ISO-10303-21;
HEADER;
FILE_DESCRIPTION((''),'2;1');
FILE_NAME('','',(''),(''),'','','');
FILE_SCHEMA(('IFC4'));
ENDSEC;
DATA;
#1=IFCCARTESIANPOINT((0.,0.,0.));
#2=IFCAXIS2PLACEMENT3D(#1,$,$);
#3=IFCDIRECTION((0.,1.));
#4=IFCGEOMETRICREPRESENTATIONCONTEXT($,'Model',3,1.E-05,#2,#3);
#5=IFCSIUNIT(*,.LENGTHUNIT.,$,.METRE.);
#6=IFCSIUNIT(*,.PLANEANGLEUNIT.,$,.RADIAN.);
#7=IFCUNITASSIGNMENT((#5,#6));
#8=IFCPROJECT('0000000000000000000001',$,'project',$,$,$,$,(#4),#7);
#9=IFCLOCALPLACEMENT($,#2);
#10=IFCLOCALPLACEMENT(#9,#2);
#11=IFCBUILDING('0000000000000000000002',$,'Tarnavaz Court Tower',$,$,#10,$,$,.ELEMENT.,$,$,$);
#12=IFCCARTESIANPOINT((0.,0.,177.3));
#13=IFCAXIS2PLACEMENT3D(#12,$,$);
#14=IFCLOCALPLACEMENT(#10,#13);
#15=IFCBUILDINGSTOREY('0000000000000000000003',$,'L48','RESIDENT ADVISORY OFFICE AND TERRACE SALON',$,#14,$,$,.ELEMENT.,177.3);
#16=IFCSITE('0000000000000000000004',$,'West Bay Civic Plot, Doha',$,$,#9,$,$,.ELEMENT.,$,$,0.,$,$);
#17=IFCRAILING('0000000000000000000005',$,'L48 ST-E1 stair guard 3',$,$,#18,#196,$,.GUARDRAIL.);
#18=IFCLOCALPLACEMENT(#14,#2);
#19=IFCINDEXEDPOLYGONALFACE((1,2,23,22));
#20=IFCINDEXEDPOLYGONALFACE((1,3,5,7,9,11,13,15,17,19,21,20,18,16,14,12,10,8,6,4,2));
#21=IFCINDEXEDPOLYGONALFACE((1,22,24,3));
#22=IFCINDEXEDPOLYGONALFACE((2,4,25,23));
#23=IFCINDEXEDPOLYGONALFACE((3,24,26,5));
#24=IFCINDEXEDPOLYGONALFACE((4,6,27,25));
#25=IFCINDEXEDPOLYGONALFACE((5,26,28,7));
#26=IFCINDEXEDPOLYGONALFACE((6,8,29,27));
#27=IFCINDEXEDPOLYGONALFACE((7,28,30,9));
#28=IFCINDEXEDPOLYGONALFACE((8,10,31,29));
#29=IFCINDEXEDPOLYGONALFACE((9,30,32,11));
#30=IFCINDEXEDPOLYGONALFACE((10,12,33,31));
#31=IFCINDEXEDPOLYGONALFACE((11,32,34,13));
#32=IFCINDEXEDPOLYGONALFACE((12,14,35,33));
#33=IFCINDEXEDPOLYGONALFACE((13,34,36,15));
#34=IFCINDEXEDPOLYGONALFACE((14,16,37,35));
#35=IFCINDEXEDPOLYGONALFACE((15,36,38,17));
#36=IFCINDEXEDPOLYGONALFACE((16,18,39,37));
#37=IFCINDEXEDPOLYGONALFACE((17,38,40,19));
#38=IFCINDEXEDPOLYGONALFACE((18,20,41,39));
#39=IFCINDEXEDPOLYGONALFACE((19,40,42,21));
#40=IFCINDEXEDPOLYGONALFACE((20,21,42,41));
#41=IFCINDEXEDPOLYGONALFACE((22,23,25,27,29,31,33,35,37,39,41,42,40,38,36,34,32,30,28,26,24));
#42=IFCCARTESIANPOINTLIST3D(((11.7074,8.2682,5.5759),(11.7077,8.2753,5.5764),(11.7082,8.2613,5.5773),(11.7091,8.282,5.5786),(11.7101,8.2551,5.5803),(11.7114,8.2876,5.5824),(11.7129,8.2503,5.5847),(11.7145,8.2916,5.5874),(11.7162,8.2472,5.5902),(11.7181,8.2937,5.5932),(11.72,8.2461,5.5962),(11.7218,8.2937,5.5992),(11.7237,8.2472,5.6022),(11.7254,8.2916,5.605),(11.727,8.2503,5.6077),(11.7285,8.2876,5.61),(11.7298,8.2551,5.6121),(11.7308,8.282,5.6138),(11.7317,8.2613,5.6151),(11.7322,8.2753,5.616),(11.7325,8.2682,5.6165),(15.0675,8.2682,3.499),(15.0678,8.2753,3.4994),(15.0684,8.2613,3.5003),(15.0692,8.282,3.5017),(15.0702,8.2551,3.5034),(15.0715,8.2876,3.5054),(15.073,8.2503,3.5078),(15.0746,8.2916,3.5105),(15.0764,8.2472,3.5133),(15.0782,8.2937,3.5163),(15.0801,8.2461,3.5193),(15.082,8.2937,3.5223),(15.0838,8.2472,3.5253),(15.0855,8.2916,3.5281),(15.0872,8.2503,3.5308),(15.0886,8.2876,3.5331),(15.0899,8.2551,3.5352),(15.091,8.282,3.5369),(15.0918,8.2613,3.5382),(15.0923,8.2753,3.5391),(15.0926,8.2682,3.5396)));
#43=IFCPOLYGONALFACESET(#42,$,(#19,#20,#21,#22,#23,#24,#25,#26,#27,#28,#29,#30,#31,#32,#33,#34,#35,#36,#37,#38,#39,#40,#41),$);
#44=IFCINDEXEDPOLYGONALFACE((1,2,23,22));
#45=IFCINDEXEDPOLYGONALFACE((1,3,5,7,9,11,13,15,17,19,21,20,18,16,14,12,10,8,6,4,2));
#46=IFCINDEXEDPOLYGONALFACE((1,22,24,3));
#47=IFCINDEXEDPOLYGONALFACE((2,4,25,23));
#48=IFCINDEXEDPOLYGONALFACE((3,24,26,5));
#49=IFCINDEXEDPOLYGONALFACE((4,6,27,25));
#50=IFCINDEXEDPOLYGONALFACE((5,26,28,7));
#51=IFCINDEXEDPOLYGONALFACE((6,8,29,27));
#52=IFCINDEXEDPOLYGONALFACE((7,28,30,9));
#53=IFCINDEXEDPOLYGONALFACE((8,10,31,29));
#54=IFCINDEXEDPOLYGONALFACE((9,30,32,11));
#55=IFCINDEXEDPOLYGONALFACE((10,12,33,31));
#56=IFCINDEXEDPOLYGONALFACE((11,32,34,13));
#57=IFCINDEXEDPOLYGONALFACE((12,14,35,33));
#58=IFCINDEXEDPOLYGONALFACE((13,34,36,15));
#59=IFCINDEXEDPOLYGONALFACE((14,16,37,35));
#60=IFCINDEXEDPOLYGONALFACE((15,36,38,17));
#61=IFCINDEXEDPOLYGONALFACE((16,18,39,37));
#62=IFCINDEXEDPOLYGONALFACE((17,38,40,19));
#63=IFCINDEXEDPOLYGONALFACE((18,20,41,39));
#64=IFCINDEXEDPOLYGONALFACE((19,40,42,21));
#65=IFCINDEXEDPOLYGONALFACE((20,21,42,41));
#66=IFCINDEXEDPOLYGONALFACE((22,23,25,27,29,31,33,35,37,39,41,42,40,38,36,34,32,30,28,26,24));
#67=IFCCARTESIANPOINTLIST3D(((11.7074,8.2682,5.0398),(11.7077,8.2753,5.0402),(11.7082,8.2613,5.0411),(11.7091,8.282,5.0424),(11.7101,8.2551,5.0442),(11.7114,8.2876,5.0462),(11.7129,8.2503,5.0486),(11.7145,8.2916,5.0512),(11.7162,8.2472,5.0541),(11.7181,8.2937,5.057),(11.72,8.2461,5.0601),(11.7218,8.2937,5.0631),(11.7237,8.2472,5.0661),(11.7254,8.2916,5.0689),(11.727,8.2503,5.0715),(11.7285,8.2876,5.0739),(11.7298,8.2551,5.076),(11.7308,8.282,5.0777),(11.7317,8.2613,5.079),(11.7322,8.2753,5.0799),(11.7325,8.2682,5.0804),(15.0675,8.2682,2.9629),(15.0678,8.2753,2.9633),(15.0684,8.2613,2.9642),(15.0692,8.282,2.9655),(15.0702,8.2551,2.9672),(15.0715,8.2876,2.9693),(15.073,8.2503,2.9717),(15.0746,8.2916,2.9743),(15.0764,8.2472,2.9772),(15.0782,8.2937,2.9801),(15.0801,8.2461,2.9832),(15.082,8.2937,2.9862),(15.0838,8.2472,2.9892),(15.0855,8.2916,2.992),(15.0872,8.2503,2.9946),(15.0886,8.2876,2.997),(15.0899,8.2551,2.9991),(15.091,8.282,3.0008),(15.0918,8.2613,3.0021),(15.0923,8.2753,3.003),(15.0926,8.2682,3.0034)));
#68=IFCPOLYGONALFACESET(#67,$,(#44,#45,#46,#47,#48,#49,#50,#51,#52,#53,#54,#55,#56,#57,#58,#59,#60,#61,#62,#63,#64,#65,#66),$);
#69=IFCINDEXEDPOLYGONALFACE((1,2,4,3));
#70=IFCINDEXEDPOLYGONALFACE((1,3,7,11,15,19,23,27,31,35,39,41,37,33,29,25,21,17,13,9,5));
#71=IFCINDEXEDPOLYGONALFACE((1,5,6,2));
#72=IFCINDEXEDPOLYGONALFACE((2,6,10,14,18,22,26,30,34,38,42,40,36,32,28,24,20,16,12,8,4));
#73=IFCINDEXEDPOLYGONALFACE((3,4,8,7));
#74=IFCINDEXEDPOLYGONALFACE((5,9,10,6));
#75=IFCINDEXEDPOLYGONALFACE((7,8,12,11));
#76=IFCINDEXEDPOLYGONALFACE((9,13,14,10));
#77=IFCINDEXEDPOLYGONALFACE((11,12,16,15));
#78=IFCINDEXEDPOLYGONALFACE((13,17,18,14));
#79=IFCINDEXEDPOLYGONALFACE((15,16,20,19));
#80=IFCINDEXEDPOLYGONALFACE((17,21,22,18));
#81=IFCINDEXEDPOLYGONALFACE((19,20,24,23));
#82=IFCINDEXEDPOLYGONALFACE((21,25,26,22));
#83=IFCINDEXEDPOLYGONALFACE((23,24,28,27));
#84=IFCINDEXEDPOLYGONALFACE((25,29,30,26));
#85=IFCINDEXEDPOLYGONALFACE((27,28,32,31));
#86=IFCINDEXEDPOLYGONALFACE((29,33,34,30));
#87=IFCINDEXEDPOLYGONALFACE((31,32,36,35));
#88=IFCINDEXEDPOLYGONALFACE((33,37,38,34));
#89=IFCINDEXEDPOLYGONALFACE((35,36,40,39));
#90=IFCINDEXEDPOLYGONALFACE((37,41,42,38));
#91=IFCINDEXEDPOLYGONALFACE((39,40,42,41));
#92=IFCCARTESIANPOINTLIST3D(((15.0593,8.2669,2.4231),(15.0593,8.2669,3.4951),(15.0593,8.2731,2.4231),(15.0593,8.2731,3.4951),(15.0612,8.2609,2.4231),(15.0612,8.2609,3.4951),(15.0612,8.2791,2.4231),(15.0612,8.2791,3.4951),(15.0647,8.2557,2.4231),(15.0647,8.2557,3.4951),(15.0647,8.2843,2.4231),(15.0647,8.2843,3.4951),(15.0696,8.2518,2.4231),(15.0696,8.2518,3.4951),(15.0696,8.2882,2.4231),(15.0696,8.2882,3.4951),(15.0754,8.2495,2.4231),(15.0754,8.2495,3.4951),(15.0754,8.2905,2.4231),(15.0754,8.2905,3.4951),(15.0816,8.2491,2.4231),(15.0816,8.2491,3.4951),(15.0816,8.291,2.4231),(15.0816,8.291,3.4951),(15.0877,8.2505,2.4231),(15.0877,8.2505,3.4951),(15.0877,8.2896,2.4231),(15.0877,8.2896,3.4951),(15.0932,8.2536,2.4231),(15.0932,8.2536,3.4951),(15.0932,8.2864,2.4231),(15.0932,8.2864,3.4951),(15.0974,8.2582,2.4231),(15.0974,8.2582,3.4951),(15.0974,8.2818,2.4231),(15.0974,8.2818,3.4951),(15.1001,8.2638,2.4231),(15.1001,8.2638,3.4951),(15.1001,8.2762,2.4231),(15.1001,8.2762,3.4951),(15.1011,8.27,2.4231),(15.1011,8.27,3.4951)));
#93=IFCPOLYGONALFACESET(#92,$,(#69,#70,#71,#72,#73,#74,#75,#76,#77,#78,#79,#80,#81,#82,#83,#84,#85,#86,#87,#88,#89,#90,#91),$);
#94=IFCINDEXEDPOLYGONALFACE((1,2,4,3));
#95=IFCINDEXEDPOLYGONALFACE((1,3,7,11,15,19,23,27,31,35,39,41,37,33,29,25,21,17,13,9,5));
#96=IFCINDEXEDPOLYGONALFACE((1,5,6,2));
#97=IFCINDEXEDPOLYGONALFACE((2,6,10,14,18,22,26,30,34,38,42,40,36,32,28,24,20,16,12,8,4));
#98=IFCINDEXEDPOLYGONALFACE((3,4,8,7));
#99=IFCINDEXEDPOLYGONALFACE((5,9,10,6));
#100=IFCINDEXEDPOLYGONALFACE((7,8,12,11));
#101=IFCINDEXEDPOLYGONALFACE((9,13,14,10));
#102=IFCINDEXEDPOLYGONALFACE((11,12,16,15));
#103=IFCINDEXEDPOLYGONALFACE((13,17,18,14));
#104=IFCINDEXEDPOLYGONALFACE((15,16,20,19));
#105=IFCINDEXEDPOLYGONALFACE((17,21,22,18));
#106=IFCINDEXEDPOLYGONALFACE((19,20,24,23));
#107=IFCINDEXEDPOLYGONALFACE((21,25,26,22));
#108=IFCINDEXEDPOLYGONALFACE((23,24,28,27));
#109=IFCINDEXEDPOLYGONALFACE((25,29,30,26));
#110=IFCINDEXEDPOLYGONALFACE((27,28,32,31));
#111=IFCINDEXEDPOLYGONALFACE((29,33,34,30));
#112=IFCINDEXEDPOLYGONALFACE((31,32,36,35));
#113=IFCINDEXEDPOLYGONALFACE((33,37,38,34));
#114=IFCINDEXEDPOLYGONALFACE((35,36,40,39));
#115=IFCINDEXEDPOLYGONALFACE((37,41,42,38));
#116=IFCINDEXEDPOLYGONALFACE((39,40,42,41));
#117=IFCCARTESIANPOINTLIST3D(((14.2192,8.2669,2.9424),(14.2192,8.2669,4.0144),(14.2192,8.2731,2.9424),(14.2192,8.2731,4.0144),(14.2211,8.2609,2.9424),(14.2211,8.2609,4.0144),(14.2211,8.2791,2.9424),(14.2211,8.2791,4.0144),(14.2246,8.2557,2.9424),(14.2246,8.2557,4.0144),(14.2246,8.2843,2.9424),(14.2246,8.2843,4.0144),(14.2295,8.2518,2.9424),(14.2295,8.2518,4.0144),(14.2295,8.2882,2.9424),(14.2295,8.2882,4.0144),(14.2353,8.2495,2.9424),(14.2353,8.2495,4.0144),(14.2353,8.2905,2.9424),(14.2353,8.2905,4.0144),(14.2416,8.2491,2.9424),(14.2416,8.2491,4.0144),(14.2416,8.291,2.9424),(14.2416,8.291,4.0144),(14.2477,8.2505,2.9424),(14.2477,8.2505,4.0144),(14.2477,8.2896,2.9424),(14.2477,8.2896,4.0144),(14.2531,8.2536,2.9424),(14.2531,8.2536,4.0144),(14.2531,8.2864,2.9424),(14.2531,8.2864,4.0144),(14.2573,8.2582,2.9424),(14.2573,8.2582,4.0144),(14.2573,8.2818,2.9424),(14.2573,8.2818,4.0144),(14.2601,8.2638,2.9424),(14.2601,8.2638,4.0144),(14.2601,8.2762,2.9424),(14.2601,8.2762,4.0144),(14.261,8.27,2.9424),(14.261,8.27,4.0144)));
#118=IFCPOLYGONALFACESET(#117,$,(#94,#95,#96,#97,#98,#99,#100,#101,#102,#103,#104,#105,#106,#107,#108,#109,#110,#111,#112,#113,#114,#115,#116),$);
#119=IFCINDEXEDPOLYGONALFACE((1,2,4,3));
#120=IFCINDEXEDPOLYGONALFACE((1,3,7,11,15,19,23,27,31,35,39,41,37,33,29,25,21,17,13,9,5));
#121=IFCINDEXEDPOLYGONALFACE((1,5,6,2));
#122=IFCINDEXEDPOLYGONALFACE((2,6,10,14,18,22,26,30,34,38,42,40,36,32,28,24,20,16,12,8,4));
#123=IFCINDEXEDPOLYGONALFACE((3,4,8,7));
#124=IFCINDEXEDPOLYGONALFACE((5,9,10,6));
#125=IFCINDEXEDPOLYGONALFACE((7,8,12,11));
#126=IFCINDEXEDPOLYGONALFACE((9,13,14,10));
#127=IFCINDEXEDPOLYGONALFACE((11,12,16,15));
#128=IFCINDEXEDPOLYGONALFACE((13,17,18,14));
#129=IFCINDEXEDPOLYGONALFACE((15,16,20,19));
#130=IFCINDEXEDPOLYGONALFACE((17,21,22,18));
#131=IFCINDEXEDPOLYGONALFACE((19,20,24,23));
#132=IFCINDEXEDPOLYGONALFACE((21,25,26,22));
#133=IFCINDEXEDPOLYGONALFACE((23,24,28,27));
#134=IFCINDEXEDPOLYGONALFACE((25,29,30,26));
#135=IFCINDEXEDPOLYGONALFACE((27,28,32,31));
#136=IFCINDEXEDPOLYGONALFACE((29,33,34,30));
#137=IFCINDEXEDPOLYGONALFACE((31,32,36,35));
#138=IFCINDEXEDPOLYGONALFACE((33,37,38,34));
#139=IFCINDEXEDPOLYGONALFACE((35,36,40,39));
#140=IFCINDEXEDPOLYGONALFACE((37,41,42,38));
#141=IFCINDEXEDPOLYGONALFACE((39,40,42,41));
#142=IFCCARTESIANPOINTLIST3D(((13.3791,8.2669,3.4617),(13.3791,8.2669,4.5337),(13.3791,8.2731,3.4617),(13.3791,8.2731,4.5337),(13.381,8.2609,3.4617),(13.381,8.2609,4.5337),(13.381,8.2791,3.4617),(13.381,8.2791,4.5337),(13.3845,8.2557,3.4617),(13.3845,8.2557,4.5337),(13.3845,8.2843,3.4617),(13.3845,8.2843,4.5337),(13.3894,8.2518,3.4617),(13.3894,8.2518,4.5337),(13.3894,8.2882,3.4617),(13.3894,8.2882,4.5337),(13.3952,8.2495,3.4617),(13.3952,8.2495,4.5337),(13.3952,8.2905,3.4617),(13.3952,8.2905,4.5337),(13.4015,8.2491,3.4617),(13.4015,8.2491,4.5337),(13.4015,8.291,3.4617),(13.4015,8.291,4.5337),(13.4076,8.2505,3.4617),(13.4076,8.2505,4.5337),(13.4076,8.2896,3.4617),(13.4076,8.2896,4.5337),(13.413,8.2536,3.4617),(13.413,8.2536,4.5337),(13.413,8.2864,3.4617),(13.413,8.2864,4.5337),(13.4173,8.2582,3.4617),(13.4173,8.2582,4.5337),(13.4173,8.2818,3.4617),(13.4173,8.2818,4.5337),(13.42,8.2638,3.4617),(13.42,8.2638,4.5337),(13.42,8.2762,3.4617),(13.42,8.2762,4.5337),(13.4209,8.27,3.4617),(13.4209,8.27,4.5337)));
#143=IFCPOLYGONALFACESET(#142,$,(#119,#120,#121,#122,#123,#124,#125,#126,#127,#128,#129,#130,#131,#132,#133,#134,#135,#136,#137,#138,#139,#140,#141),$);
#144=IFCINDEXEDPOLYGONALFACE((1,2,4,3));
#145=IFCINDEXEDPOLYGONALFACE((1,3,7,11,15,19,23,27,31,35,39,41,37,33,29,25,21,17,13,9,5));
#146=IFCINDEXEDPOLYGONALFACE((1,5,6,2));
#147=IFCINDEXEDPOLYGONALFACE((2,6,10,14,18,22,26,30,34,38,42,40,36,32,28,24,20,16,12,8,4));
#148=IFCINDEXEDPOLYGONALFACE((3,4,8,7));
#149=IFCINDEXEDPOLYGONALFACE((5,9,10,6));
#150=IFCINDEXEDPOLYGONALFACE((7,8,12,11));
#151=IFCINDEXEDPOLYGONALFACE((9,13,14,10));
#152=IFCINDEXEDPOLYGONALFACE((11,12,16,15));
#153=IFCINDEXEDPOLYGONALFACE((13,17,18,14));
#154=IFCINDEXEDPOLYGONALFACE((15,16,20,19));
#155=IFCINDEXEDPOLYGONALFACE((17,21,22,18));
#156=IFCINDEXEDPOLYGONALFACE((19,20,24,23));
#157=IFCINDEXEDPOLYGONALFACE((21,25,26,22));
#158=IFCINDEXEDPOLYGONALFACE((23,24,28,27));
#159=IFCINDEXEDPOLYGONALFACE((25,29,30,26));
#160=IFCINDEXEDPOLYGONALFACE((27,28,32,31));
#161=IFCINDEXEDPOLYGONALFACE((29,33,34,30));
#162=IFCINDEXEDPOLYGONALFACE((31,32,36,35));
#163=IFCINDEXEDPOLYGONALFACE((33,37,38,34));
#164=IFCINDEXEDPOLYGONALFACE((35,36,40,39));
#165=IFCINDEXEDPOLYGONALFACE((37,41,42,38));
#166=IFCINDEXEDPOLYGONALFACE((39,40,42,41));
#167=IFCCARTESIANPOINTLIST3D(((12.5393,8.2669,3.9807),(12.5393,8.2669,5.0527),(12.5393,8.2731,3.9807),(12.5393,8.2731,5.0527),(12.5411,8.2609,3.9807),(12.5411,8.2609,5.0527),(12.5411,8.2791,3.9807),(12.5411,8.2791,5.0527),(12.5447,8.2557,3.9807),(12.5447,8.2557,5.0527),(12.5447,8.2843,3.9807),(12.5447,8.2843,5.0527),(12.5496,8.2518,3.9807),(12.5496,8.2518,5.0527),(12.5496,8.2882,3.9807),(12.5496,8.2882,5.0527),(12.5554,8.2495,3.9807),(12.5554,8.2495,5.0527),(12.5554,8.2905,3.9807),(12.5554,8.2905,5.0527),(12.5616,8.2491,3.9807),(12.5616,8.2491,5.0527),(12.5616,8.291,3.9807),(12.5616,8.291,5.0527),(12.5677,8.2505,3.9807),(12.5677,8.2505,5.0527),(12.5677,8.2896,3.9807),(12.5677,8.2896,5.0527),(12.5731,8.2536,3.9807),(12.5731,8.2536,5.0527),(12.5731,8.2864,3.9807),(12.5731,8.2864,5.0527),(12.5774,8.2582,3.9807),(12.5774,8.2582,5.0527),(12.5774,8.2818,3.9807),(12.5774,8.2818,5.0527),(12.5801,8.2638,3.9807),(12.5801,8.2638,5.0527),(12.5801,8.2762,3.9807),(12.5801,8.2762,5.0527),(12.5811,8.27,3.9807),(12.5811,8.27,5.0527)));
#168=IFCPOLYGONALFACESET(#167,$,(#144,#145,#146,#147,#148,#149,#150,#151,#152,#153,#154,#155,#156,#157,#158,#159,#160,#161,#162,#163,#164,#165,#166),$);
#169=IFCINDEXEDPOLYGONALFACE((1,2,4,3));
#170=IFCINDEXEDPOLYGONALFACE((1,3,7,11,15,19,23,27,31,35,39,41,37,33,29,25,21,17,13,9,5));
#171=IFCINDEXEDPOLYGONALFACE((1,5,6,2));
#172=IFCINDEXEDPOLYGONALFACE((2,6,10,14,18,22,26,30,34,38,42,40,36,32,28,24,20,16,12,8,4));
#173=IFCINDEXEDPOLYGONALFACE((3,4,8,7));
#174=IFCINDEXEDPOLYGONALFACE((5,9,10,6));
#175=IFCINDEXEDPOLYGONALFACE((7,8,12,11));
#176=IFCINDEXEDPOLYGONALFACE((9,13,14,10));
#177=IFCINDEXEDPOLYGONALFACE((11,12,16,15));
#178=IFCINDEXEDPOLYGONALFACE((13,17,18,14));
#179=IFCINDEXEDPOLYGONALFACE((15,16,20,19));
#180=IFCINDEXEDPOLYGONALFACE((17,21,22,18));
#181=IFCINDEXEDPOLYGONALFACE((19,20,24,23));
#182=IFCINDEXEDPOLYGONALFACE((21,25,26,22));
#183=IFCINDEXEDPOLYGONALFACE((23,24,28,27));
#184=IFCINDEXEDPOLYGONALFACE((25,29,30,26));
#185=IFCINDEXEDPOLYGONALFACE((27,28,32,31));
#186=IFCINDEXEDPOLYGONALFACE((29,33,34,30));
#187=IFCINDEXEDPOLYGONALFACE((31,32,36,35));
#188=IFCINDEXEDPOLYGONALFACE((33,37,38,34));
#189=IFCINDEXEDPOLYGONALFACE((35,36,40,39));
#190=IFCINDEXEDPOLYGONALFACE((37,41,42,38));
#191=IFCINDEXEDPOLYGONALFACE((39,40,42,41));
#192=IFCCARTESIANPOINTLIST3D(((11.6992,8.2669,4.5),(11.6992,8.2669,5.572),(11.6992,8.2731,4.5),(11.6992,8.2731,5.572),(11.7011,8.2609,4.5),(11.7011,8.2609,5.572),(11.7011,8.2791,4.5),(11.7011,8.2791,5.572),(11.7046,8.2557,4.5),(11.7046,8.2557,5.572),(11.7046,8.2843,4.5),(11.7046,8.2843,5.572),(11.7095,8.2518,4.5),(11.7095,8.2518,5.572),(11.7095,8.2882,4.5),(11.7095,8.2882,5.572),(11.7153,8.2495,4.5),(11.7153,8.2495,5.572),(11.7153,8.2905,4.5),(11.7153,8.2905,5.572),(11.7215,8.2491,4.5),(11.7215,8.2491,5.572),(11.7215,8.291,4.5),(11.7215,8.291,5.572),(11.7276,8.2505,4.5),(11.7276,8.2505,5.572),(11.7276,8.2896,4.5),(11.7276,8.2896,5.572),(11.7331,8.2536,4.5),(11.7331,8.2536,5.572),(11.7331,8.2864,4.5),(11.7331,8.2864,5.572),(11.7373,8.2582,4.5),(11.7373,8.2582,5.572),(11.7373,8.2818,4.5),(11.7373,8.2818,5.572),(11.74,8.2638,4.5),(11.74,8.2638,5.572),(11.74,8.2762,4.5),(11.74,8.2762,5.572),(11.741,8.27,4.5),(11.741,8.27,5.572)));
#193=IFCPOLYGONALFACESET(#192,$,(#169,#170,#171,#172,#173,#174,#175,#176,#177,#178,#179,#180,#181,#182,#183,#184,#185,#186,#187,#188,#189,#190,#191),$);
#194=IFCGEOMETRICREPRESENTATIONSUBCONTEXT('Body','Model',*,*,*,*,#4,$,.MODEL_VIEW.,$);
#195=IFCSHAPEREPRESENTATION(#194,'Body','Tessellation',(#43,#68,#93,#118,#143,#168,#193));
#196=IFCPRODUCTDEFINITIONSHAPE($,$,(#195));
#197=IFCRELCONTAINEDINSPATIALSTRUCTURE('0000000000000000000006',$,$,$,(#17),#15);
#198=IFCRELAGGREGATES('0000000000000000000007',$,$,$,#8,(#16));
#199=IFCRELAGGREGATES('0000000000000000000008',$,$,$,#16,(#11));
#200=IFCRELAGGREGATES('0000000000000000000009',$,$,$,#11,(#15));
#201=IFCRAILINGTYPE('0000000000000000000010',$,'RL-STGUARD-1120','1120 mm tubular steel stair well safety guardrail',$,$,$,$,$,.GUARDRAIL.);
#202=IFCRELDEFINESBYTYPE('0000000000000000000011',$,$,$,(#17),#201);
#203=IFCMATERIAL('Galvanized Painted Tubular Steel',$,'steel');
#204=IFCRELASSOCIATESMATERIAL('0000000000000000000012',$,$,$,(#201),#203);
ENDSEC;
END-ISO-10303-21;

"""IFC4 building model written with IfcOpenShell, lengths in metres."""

from ifc_helpers import new_model, si_unit, direction, frame, origin, origin_2d, place, context, subcontext, project, spatial, circle, extrude, material, type_object, element, save


model = new_model("IFC4")

# Units and contexts
model_context = context("Model", 3, precision=1e-05, world=origin(), true_north=direction((0.0, 1.0)))
body_context = subcontext(model_context, "Body", "Model", "MODEL_VIEW")
ifc_project = project(units=[si_unit("LENGTHUNIT", "METRE"), si_unit("PLANEANGLEUNIT", "RADIAN")], contexts=[model_context])

# Site, building, storey
site_placement = place(None, origin())
site = spatial("IfcSite", under=ifc_project, at=site_placement, Name="West Bay Civic Plot, Doha", CompositionType="ELEMENT", RefElevation=0.0)
building_placement = place(site_placement, origin())
building = spatial("IfcBuilding", under=site, at=building_placement, Name="Tarnavaz Court Tower", CompositionType="ELEMENT")
storey_placement = place(building_placement, frame((0.0, 0.0, 177.3)))
storey = spatial("IfcBuildingStorey", under=building, at=storey_placement, Name="L48", Description="RESIDENT ADVISORY OFFICE AND TERRACE SALON", CompositionType="ELEMENT", Elevation=177.3)

# Railing
ifc_material_1 = material(Name="Galvanized Painted Tubular Steel", Category="steel")
railing_type_1 = type_object("IfcRailingType", Name="RL-STGUARD-1120", Description="1120 mm tubular steel stair well safety guardrail", PredefinedType="GUARDRAIL", material=ifc_material_1)
railing_1_placement = place(storey_placement, frame((15.0801, 8.27, 2.4231)))
element("IfcRailing", 1, at=railing_1_placement, inside=storey, type_object=railing_type_1, Name="L48 ST-E1 stair guard 3", PredefinedType="GUARDRAIL", context=body_context, shape_type="SweptSolid", body=[
    extrude(circle(Radius=0.0239, at=origin_2d()), frame((0.0, 0.0, 1.0962), z_axis=(-0.850623, 0.0, 0.525776), x_axis=(0.0, -1.0, 0.0)), (0.0, 0.0, 1.0), 3.9502),
    extrude(circle(Radius=0.0239, at=origin_2d()), frame((0.0, 0.0, 0.5601), z_axis=(-0.850623, 0.0, 0.525776), x_axis=(0.0, -1.0, 0.0)), (0.0, 0.0, 1.0), 3.9502),
    extrude(circle(Radius=0.021, at=origin_2d()), origin(), (0.0, 0.0, 1.0), 1.072),
    extrude(circle(Radius=0.021, at=origin_2d()), frame((-0.8401, 0.0, 0.5193)), (0.0, 0.0, 1.0), 1.072),
    extrude(circle(Radius=0.021, at=origin_2d()), frame((-1.6802, 0.0, 1.0386)), (0.0, 0.0, 1.0), 1.072),
    extrude(circle(Radius=0.021, at=origin_2d()), frame((-2.52, 0.0, 1.5576)), (0.0, 0.0, 1.0), 1.072),
    extrude(circle(Radius=0.021, at=origin_2d()), frame((-3.3601, 0.0, 2.0769)), (0.0, 0.0, 1.0), 1.072),
])

save(model, "model.ifc")
